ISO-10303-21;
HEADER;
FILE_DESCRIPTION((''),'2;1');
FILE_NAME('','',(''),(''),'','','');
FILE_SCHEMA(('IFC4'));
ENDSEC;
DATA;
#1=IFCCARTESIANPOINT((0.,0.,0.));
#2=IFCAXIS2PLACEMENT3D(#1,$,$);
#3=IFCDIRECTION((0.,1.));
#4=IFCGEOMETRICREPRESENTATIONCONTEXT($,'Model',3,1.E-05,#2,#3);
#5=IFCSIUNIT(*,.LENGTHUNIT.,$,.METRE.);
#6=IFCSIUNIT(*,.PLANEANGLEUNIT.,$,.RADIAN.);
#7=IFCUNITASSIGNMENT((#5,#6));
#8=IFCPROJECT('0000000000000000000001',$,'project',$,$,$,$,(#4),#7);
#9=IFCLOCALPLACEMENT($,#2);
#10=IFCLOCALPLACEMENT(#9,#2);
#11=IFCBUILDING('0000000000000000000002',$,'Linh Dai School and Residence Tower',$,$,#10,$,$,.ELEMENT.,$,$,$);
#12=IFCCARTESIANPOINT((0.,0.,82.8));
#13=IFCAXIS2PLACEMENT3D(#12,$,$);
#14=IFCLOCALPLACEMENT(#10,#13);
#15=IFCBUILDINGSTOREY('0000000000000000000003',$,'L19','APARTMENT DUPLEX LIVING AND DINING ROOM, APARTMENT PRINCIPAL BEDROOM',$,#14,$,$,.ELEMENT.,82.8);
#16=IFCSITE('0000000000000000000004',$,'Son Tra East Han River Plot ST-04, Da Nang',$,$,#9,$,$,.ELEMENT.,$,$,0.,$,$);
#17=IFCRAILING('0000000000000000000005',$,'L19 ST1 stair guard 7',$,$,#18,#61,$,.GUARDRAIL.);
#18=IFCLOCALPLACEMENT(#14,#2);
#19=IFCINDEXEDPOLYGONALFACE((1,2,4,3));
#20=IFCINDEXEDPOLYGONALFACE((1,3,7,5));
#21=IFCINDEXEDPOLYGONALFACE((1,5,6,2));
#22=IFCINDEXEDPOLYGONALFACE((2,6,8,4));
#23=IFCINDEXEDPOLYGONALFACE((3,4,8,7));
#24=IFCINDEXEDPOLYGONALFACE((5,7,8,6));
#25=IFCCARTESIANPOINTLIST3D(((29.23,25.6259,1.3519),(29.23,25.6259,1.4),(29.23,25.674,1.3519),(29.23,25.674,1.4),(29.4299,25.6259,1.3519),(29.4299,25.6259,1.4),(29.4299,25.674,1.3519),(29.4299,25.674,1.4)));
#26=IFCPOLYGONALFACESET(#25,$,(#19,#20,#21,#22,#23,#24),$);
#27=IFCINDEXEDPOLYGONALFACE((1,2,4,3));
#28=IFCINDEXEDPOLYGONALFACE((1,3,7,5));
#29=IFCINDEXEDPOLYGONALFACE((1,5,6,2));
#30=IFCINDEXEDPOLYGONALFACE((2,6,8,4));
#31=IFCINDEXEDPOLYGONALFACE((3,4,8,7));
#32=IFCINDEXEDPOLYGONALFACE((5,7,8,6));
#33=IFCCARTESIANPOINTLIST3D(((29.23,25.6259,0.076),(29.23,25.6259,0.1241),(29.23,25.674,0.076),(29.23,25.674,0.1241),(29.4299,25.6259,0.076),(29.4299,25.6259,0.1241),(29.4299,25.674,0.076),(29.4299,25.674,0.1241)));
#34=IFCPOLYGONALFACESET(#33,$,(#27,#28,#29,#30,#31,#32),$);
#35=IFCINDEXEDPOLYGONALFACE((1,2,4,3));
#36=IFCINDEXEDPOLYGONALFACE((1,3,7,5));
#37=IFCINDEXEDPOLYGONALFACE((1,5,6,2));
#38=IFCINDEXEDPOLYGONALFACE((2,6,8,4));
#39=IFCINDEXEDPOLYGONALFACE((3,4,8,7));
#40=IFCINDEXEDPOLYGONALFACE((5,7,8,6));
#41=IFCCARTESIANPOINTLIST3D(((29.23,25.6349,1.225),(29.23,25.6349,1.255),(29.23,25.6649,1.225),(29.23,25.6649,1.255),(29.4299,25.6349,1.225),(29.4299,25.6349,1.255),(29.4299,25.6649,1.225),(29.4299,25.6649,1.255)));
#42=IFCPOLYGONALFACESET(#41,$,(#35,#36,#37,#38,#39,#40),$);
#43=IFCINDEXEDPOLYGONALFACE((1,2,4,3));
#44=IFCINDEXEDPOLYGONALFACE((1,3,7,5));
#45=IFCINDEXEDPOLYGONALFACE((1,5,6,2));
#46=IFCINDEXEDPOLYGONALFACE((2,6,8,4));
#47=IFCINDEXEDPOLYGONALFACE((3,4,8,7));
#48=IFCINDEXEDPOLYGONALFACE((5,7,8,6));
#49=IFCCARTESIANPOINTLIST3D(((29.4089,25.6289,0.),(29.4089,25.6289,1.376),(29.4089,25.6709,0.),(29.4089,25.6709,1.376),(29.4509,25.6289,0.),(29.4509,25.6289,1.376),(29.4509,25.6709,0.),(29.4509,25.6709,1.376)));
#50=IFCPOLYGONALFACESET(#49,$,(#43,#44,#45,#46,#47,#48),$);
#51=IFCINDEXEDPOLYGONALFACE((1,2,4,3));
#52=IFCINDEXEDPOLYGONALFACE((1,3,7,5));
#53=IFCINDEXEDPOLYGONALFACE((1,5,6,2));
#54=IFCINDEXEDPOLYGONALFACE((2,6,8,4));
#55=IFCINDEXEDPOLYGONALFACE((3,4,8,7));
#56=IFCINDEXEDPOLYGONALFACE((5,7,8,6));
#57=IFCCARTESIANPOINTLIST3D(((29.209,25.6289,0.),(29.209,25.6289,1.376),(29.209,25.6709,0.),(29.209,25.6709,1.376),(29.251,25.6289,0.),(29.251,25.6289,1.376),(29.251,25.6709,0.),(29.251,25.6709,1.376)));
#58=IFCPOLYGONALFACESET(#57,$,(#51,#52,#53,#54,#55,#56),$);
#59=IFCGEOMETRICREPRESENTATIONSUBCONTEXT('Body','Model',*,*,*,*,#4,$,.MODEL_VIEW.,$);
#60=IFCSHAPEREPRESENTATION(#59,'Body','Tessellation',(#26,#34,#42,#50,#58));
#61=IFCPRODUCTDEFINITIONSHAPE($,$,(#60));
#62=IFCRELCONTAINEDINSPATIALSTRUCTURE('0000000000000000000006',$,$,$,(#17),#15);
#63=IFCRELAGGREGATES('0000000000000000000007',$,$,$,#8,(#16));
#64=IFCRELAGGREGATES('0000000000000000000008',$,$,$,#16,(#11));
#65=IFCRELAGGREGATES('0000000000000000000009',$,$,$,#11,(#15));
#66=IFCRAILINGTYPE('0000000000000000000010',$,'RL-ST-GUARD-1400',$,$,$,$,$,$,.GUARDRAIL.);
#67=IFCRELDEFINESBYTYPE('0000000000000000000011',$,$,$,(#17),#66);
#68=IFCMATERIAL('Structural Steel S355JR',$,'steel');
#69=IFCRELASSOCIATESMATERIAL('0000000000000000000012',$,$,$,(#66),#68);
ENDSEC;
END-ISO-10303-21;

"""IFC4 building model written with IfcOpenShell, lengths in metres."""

from ifc_helpers import new_model, si_unit, direction, frame, origin, origin_2d, place, context, subcontext, project, spatial, rectangle, extrude, source, transform, mapped, material, type_object, element, save


model = new_model("IFC4")

# Units and contexts
model_context = context("Model", 3, precision=1e-05, world=origin(), true_north=direction((0.0, 1.0)))
body_context = subcontext(model_context, "Body", "Model", "MODEL_VIEW")
ifc_project = project(units=[si_unit("LENGTHUNIT", "METRE"), si_unit("PLANEANGLEUNIT", "RADIAN")], contexts=[model_context])

# Site, building, storey
site_placement = place(None, origin())
site = spatial("IfcSite", under=ifc_project, at=site_placement, Name="Son Tra East Han River Plot ST-04, Da Nang", CompositionType="ELEMENT", RefElevation=0.0)
building_placement = place(site_placement, origin())
building = spatial("IfcBuilding", under=site, at=building_placement, Name="Linh Dai School and Residence Tower", CompositionType="ELEMENT")
storey_placement = place(building_placement, frame((0.0, 0.0, 82.8)))
storey = spatial("IfcBuildingStorey", under=building, at=storey_placement, Name="L19", Description="APARTMENT DUPLEX LIVING AND DINING ROOM, APARTMENT PRINCIPAL BEDROOM", CompositionType="ELEMENT", Elevation=82.8)

# Shared definitions
ifc_material_1 = material(Name="Structural Steel S355JR", Category="steel")

# Railing
railing_type_1 = type_object("IfcRailingType", Name="RL-ST-GUARD-1400", PredefinedType="GUARDRAIL", material=ifc_material_1)
shared_shape_1 = source(origin(), body_context, "Body", "SweptSolid", [
    extrude(rectangle(XDim=0.0481, YDim=0.0481, at=origin_2d()), frame((0.0, 0.0, 1.376), z_axis=(-1.0, 0.0, 0.0), x_axis=(0.0, -1.0, 0.0)), (0.0, 0.0, 1.0), 0.2),
    extrude(rectangle(XDim=0.0481, YDim=0.0481, at=origin_2d()), frame((0.0, 0.0, 0.1001), z_axis=(-1.0, 0.0, 0.0), x_axis=(0.0, -1.0, 0.0)), (0.0, 0.0, 1.0), 0.2),
    extrude(rectangle(XDim=0.03, YDim=0.03, at=origin_2d()), frame((0.0, 0.0, 1.24), z_axis=(-1.0, 0.0, 0.0), x_axis=(0.0, -1.0, 0.0)), (0.0, 0.0, 1.0), 0.2),
    extrude(rectangle(XDim=0.042, YDim=0.042, at=origin_2d()), origin(), (0.0, 0.0, 1.0), 1.376),
    extrude(rectangle(XDim=0.042, YDim=0.042, at=origin_2d()), frame((-0.2, 0.0, 0.0)), (0.0, 0.0, 1.0), 1.376),
])
railing_1_placement = place(storey_placement, frame((29.4299, 25.6499, 0.0)))
element("IfcRailing", 1, at=railing_1_placement, inside=storey, type_object=railing_type_1, Name="L19 ST1 stair guard 7", PredefinedType="GUARDRAIL", context=body_context, shape_type="MappedRepresentation", body=[
    mapped(shared_shape_1, transform((0.0, 0.0, 0.0), x_axis=(1.0, 0.0, 0.0), y_axis=(0.0, 1.0, 0.0), z_axis=(0.0, 0.0, 1.0), scale=1.0)),
])

save(model, "model.ifc")
